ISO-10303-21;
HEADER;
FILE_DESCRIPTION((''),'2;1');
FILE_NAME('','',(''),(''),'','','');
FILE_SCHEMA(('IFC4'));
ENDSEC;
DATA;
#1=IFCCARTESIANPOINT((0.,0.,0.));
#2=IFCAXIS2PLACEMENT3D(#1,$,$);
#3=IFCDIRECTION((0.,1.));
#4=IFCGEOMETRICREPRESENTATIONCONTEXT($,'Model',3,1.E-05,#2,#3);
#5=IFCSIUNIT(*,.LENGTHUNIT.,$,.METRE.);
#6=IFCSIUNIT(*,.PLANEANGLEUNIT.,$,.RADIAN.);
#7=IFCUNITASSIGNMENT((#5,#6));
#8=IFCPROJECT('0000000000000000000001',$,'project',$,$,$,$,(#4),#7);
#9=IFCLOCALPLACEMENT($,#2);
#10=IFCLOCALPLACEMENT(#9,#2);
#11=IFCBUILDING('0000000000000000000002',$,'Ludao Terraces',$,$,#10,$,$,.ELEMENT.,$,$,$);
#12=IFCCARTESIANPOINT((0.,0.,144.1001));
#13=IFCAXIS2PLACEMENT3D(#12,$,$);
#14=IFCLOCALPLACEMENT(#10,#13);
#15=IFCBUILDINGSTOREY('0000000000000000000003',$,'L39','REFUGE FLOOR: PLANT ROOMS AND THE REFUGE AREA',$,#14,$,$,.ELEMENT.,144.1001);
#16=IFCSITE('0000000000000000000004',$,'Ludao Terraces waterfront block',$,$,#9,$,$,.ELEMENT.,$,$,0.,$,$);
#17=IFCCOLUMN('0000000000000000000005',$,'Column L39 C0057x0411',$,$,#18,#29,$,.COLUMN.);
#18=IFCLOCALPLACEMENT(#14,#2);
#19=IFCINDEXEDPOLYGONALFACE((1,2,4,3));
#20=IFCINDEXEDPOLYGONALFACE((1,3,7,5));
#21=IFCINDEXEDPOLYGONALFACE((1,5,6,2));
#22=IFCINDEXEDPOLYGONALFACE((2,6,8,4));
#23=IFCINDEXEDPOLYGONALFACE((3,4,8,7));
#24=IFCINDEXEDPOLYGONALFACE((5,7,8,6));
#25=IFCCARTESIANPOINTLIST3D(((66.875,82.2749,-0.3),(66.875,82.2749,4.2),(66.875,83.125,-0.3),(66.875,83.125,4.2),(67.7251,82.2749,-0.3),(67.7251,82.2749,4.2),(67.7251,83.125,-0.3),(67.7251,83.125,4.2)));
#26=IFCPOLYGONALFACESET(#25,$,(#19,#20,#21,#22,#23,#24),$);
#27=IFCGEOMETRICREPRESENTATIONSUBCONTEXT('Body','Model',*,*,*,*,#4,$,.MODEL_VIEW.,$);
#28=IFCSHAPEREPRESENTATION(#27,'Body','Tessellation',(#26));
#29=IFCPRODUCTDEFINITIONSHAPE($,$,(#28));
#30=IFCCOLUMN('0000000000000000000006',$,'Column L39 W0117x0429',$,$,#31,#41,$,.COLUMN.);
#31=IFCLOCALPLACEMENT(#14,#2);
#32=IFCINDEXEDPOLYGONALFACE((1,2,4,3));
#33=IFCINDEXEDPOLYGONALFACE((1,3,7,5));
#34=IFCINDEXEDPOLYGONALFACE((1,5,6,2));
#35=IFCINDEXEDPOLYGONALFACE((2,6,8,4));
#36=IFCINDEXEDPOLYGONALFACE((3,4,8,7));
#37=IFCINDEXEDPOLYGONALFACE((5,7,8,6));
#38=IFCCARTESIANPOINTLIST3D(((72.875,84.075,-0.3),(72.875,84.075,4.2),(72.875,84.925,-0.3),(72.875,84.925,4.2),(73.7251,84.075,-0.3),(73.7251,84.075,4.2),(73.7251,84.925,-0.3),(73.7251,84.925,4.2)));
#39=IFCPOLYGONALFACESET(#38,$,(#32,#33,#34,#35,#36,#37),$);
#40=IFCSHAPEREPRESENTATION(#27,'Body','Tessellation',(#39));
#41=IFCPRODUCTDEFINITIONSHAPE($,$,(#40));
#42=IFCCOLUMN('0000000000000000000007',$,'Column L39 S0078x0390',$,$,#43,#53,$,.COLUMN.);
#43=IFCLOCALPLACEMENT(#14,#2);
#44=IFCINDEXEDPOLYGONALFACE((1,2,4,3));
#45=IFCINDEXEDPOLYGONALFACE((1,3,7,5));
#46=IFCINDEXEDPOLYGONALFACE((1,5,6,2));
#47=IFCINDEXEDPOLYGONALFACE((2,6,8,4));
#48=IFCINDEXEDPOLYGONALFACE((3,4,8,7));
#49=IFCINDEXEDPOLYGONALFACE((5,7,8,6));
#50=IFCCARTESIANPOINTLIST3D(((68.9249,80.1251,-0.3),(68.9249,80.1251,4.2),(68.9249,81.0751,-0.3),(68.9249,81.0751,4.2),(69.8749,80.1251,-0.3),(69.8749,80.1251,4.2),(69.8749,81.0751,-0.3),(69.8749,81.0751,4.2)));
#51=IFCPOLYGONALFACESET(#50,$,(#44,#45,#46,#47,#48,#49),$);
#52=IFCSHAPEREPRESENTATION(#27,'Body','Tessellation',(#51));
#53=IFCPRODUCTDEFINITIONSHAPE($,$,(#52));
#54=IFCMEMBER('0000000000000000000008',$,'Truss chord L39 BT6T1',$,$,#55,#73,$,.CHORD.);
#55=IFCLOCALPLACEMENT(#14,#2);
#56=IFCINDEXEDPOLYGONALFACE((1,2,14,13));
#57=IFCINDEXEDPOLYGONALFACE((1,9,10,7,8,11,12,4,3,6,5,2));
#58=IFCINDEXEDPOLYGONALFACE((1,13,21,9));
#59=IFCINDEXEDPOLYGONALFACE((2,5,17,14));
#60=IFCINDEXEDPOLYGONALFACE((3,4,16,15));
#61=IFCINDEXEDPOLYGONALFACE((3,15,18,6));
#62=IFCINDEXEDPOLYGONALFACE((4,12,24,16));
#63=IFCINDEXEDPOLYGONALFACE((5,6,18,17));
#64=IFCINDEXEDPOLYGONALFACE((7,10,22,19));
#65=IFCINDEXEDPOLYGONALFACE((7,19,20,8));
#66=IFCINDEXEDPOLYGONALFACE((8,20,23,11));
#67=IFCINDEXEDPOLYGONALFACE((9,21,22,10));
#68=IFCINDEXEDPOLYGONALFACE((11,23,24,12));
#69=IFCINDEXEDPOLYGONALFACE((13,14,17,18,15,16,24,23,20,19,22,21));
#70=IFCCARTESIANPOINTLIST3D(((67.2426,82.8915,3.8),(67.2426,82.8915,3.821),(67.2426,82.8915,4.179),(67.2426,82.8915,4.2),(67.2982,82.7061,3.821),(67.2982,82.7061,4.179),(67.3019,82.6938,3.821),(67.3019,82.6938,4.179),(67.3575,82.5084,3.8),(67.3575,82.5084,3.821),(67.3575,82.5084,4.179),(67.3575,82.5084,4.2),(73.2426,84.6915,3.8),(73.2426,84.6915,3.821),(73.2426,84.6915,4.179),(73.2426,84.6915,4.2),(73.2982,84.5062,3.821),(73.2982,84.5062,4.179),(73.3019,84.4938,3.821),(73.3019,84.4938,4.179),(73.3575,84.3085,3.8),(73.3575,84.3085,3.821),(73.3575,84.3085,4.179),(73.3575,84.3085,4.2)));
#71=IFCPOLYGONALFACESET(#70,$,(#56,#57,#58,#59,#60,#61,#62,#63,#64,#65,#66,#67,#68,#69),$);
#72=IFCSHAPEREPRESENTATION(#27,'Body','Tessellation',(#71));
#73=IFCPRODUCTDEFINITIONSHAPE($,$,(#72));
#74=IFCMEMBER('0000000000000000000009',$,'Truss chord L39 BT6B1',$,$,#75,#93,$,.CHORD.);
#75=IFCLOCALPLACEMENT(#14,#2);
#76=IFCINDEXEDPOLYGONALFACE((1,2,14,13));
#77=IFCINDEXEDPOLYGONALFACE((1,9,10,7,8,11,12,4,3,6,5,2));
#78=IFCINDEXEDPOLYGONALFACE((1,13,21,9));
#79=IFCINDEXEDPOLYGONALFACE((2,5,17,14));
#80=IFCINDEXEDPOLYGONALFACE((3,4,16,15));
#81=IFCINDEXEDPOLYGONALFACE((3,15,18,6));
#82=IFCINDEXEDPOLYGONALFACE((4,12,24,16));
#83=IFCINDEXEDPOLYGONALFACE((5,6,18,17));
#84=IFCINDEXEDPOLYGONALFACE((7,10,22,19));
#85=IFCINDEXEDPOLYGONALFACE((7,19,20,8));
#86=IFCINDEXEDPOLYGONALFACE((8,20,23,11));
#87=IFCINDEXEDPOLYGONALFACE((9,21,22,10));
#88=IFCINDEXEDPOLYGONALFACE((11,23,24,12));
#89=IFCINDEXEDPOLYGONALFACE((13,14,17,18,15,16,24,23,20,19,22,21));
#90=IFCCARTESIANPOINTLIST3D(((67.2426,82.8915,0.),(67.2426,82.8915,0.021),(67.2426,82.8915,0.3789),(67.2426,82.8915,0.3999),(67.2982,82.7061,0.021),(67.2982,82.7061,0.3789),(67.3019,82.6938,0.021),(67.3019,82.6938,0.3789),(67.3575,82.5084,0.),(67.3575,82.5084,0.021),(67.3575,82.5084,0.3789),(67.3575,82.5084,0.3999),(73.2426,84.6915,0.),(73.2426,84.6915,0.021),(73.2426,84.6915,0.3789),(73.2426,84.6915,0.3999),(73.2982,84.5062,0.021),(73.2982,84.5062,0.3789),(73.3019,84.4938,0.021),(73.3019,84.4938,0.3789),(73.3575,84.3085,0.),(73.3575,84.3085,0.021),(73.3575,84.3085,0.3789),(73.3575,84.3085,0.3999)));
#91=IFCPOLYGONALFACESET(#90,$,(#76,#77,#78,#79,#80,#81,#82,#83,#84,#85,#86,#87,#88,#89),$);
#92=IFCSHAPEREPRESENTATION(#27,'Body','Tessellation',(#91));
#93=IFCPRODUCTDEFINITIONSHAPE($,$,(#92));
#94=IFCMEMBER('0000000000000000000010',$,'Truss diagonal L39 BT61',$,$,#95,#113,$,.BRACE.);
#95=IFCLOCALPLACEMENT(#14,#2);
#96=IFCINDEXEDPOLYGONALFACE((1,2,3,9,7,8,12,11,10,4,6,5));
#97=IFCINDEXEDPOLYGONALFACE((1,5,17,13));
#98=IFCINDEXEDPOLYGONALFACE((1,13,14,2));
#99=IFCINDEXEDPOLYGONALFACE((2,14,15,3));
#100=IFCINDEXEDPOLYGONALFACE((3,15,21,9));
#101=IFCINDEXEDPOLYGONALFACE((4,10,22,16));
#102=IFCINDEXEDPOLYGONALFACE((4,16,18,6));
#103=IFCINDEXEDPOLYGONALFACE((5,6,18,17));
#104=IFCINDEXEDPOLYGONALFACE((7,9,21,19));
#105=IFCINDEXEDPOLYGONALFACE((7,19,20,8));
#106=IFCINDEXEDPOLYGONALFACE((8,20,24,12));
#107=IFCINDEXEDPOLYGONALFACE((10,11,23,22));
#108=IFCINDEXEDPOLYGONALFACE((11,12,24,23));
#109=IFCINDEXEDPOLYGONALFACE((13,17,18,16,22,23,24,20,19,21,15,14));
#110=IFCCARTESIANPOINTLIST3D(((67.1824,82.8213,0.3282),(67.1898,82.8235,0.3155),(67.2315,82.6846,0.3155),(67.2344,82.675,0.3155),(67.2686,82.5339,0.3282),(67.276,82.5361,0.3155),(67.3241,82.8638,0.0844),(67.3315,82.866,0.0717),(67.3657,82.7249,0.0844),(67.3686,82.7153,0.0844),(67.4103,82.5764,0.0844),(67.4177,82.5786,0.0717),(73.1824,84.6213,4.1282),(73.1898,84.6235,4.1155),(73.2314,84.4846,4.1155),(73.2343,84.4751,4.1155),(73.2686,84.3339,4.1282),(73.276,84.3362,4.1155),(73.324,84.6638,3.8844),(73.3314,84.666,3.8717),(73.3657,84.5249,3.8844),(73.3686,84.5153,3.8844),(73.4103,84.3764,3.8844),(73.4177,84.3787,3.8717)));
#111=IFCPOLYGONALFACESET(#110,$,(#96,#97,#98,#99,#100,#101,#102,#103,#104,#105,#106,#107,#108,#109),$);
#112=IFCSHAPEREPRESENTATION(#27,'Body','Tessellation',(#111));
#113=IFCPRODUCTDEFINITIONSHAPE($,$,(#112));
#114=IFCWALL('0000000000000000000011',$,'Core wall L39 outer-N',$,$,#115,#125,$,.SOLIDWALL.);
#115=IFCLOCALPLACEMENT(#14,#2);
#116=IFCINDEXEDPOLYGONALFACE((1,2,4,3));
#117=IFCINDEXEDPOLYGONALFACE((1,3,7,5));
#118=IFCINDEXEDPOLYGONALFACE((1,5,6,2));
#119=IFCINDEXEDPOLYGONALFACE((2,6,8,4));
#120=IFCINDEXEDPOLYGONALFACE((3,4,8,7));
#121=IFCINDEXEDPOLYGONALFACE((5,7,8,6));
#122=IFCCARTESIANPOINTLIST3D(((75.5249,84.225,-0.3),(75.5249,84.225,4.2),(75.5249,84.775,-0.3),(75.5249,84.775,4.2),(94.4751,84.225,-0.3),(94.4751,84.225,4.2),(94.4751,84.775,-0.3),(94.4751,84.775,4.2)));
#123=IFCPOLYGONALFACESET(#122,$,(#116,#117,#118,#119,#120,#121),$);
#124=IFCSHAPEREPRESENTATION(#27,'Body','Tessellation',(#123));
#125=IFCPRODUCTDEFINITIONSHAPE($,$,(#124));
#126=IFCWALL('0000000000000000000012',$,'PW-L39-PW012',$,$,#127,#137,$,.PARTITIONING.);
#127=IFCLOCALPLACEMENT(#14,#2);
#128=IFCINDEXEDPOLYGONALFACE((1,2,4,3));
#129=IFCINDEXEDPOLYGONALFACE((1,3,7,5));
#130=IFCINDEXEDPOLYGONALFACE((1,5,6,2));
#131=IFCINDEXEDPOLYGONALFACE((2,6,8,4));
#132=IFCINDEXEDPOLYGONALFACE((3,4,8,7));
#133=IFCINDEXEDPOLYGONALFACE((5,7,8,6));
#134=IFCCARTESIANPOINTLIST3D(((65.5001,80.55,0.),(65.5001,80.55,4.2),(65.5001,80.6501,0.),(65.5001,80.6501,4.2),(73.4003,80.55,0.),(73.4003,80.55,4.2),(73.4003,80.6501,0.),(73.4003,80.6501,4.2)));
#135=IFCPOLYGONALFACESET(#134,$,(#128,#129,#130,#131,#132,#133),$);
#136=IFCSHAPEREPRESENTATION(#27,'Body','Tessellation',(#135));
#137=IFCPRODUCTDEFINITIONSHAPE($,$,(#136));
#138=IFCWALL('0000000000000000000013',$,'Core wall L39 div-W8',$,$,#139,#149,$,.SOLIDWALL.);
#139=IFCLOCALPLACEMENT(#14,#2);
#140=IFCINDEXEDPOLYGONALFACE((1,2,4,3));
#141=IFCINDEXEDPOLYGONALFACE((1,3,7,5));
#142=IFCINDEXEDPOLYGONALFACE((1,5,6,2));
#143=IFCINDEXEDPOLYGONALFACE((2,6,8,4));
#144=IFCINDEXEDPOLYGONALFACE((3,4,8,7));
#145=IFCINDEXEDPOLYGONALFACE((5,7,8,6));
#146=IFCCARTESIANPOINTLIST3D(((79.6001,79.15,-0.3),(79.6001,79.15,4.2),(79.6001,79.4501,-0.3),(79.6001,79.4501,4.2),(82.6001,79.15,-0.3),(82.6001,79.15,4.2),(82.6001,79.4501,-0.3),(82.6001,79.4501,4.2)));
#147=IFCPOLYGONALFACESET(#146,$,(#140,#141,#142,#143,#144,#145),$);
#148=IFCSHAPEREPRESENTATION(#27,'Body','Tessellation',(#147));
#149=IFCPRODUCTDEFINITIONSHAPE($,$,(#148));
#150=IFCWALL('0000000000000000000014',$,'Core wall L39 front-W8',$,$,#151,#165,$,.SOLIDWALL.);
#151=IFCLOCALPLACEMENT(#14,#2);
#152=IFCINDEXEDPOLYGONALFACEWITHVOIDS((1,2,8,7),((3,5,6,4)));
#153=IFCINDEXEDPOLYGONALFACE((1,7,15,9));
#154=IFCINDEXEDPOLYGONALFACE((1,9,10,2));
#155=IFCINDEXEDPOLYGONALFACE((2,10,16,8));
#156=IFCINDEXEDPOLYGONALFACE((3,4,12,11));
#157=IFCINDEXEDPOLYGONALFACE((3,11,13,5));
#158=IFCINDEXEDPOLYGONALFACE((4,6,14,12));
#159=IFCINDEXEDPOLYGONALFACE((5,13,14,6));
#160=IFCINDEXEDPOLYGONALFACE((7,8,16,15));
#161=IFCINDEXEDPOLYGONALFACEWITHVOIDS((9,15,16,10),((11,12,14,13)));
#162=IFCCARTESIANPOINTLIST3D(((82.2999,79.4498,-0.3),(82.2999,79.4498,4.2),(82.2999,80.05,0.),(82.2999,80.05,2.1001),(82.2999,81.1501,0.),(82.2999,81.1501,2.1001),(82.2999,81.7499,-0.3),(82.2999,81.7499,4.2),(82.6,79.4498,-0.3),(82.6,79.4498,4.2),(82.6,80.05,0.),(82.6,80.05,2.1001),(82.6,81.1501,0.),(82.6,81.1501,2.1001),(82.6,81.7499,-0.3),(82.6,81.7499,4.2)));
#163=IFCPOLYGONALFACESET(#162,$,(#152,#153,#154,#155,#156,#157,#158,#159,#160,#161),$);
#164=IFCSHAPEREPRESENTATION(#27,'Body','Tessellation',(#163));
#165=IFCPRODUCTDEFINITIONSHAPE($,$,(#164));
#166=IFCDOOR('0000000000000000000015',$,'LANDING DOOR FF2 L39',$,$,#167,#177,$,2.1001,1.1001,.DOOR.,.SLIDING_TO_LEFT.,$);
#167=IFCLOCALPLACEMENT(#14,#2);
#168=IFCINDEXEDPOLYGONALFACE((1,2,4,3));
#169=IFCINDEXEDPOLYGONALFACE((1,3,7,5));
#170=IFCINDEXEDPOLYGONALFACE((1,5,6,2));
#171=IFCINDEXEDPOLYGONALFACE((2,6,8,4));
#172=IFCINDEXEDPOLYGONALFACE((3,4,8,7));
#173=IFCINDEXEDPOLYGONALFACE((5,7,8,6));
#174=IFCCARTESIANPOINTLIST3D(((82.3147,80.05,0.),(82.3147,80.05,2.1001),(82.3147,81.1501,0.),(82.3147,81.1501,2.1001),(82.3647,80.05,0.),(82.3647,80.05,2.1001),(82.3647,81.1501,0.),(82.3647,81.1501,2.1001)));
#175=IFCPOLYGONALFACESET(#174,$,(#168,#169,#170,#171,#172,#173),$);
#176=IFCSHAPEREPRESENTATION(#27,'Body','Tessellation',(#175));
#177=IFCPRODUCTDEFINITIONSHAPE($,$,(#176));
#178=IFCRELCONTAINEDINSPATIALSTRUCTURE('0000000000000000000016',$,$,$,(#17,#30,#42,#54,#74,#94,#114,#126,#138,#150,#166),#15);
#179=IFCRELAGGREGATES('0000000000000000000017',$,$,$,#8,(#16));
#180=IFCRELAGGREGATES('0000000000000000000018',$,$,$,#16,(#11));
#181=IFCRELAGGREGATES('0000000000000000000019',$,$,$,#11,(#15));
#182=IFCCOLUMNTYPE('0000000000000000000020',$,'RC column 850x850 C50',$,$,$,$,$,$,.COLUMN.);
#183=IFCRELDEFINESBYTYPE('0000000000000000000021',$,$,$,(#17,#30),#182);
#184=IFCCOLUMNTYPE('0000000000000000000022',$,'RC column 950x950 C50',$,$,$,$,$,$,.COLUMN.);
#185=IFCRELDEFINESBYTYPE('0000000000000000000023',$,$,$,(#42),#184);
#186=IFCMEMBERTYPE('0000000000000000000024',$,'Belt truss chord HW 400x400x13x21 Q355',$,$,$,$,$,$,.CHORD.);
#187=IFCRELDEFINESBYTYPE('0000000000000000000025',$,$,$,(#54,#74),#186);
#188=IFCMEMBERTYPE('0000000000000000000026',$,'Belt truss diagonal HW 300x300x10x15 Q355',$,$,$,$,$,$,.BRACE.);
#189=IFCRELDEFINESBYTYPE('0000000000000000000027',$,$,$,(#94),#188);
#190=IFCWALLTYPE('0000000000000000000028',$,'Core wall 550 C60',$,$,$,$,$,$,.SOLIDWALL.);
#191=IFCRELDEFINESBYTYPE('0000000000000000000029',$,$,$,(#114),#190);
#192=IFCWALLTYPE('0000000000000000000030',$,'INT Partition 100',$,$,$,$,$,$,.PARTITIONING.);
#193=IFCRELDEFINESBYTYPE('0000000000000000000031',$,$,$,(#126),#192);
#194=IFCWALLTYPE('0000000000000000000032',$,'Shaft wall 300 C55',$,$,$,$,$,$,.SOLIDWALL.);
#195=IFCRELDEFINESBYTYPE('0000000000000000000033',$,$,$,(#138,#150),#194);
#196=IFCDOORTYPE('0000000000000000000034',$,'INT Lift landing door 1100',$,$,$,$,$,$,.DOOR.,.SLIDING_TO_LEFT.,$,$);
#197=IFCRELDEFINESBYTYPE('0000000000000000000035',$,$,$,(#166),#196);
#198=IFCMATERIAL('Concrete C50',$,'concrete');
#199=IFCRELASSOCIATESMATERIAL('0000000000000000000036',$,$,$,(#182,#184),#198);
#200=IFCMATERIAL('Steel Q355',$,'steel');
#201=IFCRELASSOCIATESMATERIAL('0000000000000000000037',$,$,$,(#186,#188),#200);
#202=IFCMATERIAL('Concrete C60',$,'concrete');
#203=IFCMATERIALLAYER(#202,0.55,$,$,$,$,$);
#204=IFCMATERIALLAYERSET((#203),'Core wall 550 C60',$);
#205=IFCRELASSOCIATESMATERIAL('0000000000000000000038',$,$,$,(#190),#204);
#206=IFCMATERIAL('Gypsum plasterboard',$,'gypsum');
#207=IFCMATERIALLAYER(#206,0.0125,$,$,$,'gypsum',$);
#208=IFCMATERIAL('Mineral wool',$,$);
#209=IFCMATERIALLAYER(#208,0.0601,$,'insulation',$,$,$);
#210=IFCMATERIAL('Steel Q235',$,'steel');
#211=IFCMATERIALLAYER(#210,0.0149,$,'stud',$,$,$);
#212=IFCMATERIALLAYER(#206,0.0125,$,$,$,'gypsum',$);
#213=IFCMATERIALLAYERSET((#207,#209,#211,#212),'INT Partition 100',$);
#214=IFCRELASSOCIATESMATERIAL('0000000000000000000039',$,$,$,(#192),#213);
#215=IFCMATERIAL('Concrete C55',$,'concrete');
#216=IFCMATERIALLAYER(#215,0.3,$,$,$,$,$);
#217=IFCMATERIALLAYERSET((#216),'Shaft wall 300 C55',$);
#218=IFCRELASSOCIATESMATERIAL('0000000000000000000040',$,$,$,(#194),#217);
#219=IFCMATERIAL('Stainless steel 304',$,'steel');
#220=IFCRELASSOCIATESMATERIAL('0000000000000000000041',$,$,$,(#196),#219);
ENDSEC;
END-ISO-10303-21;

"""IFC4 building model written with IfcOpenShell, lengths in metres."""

from ifc_helpers import new_model, si_unit, direction, frame, frame_2d, origin, origin_2d, place, context, subcontext, project, spatial, rectangle, i_section, extrude, material, layer, layer_set, material_profile, profile_set, type_object, element, fill, save


model = new_model("IFC4")

# Units and contexts
model_context = context("Model", 3, precision=1e-05, world=origin(), true_north=direction((0.0, 1.0)))
body_context = subcontext(model_context, "Body", "Model", "MODEL_VIEW")
ifc_project = project(units=[si_unit("LENGTHUNIT", "METRE"), si_unit("PLANEANGLEUNIT", "RADIAN")], contexts=[model_context])

# Site, building, storey
site_placement = place(None, origin())
site = spatial("IfcSite", under=ifc_project, at=site_placement, Name="Ludao Terraces waterfront block", CompositionType="ELEMENT", RefElevation=0.0)
building_placement = place(site_placement, origin())
building = spatial("IfcBuilding", under=site, at=building_placement, Name="Ludao Terraces", CompositionType="ELEMENT")
storey_placement = place(building_placement, frame((0.0, 0.0, 144.1001)))
storey = spatial("IfcBuildingStorey", under=building, at=storey_placement, Name="L39", Description="REFUGE FLOOR: PLANT ROOMS AND THE REFUGE AREA", CompositionType="ELEMENT", Elevation=144.1001)

# Columns
ifc_material_1 = material(Name="Concrete C50", Category="concrete")
ifc_material_profile_1 = material_profile(ifc_material_1, rectangle(XDim=0.8501, YDim=0.8501, at=origin_2d()), Name="850 X 850")
ifc_profile_set_1 = profile_set([ifc_material_profile_1], Name="Concrete C50")
column_type_1 = type_object("IfcColumnType", Name="RC column 850x850 C50", PredefinedType="COLUMN", material=ifc_profile_set_1)
for number, where, z_axis, x_axis, name in (
    (1, (67.3, 82.7, -0.3), (0.0, 0.0, 1.0), (1.0, 0.0, 0.0), "Column L39 C0057x0411"),
    (2, (73.3, 84.5, -0.3), (0.0, 0.0, 1.0), (1.0, 0.0, 0.0), "Column L39 W0117x0429"),
):
    element("IfcColumn", number, at=place(storey_placement, frame(where, z_axis=z_axis, x_axis=x_axis)), inside=storey, type_object=column_type_1, Name=name, PredefinedType="COLUMN", context=body_context, shape_type="SweptSolid", body=[
        extrude(rectangle(XDim=0.8501, YDim=0.8501, at=origin_2d()), origin(), (0.0, 0.0, 1.0), 4.5),
    ])
ifc_material_profile_2 = material_profile(ifc_material_1, rectangle(XDim=0.95, YDim=0.95, at=origin_2d()), Name="950 X 950")
ifc_profile_set_2 = profile_set([ifc_material_profile_2], Name="Concrete C50")
column_type_2 = type_object("IfcColumnType", Name="RC column 950x950 C50", PredefinedType="COLUMN", material=ifc_profile_set_2)
column_placement = place(storey_placement, frame((69.3999, 80.6001, -0.3), z_axis=(0.0, 0.0, 1.0), x_axis=(1.0, 0.0, 0.0)))
element("IfcColumn", 3, at=column_placement, inside=storey, type_object=column_type_2, Name="Column L39 S0078x0390", PredefinedType="COLUMN", context=body_context, shape_type="SweptSolid", body=[
    extrude(rectangle(XDim=0.95, YDim=0.95, at=origin_2d()), origin(), (0.0, 0.0, 1.0), 4.5),
])

# Members
ifc_material_2 = material(Name="Steel Q355", Category="steel")
ifc_material_profile_3 = material_profile(ifc_material_2, i_section(OverallWidth=0.3999, OverallDepth=0.3999, WebThickness=0.0129, FlangeThickness=0.021, at=origin_2d()), Name="HW 400X400X13X21")
ifc_profile_set_3 = profile_set([ifc_material_profile_3], Name="Steel Q355")
member_type_1 = type_object("IfcMemberType", Name="Belt truss chord HW 400x400x13x21 Q355", PredefinedType="CHORD", material=ifc_profile_set_3)
for number, where, z_axis, x_axis, name in (
    (4, (67.3, 82.7, 4.0), (0.957824, 0.287355, 0.0), (-0.287355, 0.957824, 0.0), "Truss chord L39 BT6T1"),
    (5, (67.3, 82.7, 0.2), (0.957824, 0.287355, 0.0), (-0.287355, 0.957824, 0.0), "Truss chord L39 BT6B1"),
):
    element("IfcMember", number, at=place(storey_placement, frame(where, z_axis=z_axis, x_axis=x_axis)), inside=storey, type_object=member_type_1, Name=name, PredefinedType="CHORD", context=body_context, shape_type="SweptSolid", body=[
        extrude(i_section(OverallWidth=0.3999, OverallDepth=0.3999, WebThickness=0.0129, FlangeThickness=0.021, at=origin_2d()), origin(), (0.0, 0.0, 1.0), 6.2642),
    ])
ifc_material_profile_4 = material_profile(ifc_material_2, i_section(OverallWidth=0.3, OverallDepth=0.3, WebThickness=0.01, FlangeThickness=0.0149, at=origin_2d()), Name="HW 300X300X10X15")
ifc_profile_set_4 = profile_set([ifc_material_profile_4], Name="Steel Q355")
member_type_2 = type_object("IfcMemberType", Name="Belt truss diagonal HW 300x300x10x15 Q355", PredefinedType="BRACE", material=ifc_profile_set_4)
member_placement = place(storey_placement, frame((67.3, 82.7, 0.2), z_axis=(0.818922, 0.245683, 0.518658), x_axis=(-0.287355, 0.957824, 0.0)))
element("IfcMember", 6, at=member_placement, inside=storey, type_object=member_type_2, Name="Truss diagonal L39 BT61", PredefinedType="BRACE", context=body_context, shape_type="SweptSolid", body=[
    extrude(i_section(OverallWidth=0.3, OverallDepth=0.3, WebThickness=0.01, FlangeThickness=0.0149, at=origin_2d()), origin(), (0.0, 0.0, 1.0), 7.3267),
])

# Walls
ifc_material_3 = material(Name="Concrete C60", Category="concrete")
ifc_layer_1 = layer(ifc_material_3, 0.55)
ifc_layer_set_1 = layer_set([ifc_layer_1], Name="Core wall 550 C60")
wall_type_1 = type_object("IfcWallType", Name="Core wall 550 C60", PredefinedType="SOLIDWALL", material=ifc_layer_set_1)
wall_1_placement = place(storey_placement, frame((75.5249, 84.5, -0.3), z_axis=(0.0, 0.0, 1.0), x_axis=(1.0, 0.0, 0.0)))
element("IfcWall", 7, at=wall_1_placement, inside=storey, type_object=wall_type_1, Name="Core wall L39 outer-N", PredefinedType="SOLIDWALL", context=body_context, shape_type="SweptSolid", body=[
    extrude(rectangle(XDim=18.9502, YDim=0.55, at=frame_2d((9.4751, 0.0))), origin(), (0.0, 0.0, 1.0), 4.5),
])
ifc_material_4 = material(Name="Gypsum plasterboard", Category="gypsum")
ifc_layer_2 = layer(ifc_material_4, 0.0125, Category="gypsum")
ifc_material_5 = material(Name="Mineral wool")
ifc_layer_3 = layer(ifc_material_5, 0.0601, Name="insulation")
ifc_material_6 = material(Name="Steel Q235", Category="steel")
ifc_layer_4 = layer(ifc_material_6, 0.0149, Name="stud")
ifc_layer_5 = layer(ifc_material_4, 0.0125, Category="gypsum")
ifc_layer_set_2 = layer_set([ifc_layer_2, ifc_layer_3, ifc_layer_4, ifc_layer_5], Name="INT Partition 100")
wall_type_2 = type_object("IfcWallType", Name="INT Partition 100", PredefinedType="PARTITIONING", material=ifc_layer_set_2)
wall_2_placement = place(storey_placement, frame((65.5, 80.6001, 0.0), z_axis=(0.0, 0.0, 1.0), x_axis=(1.0, 0.0, 0.0)))
element("IfcWall", 8, at=wall_2_placement, inside=storey, type_object=wall_type_2, Name="PW-L39-PW012", PredefinedType="PARTITIONING", context=body_context, shape_type="SweptSolid", body=[
    extrude(rectangle(XDim=7.9001, YDim=0.1001, at=frame_2d((3.9502, 0.0))), origin(), (0.0, 0.0, 1.0), 4.2),
])
ifc_material_7 = material(Name="Concrete C55", Category="concrete")
ifc_layer_6 = layer(ifc_material_7, 0.3)
ifc_layer_set_3 = layer_set([ifc_layer_6], Name="Shaft wall 300 C55")
wall_type_3 = type_object("IfcWallType", Name="Shaft wall 300 C55", PredefinedType="SOLIDWALL", material=ifc_layer_set_3)
wall_3_placement = place(storey_placement, frame((79.6001, 79.3, -0.3), z_axis=(0.0, 0.0, 1.0), x_axis=(1.0, 0.0, 0.0)))
element("IfcWall", 9, at=wall_3_placement, inside=storey, type_object=wall_type_3, Name="Core wall L39 div-W8", PredefinedType="SOLIDWALL", context=body_context, shape_type="SweptSolid", body=[
    extrude(rectangle(XDim=3.0, YDim=0.3, at=frame_2d((1.5, 0.0))), origin(), (0.0, 0.0, 1.0), 4.5),
])

# Wall, opening, door
wall_4_placement = place(storey_placement, frame((82.45, 79.45, -0.3), z_axis=(0.0, 0.0, 1.0), x_axis=(0.0, 1.0, 0.0)))
wall_4 = element("IfcWall", 10, at=wall_4_placement, inside=storey, type_object=wall_type_3, Name="Core wall L39 front-W8", PredefinedType="SOLIDWALL", context=body_context, shape_type="SweptSolid", body=[
    extrude(rectangle(XDim=2.3, YDim=0.3, at=frame_2d((1.1499, 0.0))), origin(), (0.0, 0.0, 1.0), 4.5),
])
opening_1_placement = place(wall_4_placement, frame((0.6001, 0.0, 0.3)))
opening_1 = element("IfcOpeningElement", 11, at=opening_1_placement, cuts=wall_4, PredefinedType="OPENING", context=body_context, shape_type="SweptSolid", body=[
    extrude(rectangle(XDim=1.1001, YDim=2.1001, at=frame_2d((0.55, 1.05))), frame((0.0, 0.1602, 0.0), z_axis=(0.0, -1.0, 0.0), x_axis=(1.0, 0.0, 0.0)), (0.0, 0.0, 1.0), 0.3201),
])
ifc_material_8 = material(Name="Stainless steel 304", Category="steel")
door_type = type_object("IfcDoorType", Name="INT Lift landing door 1100", OperationType="SLIDING_TO_LEFT", PredefinedType="DOOR", material=ifc_material_8)
door_1_placement = place(opening_1_placement, origin())
door_1 = element("IfcDoor", 12, at=door_1_placement, inside=storey, type_object=door_type, Name="LANDING DOOR FF2 L39", OperationType="SLIDING_TO_LEFT", OverallHeight=2.1001, OverallWidth=1.1001, PredefinedType="DOOR", context=body_context, shape_type="SweptSolid", body=[
    extrude(rectangle(XDim=1.1001, YDim=2.1001, at=frame_2d((0.55, 1.05))), frame((0.0, 0.1353, 0.0), z_axis=(0.0, -1.0, 0.0), x_axis=(1.0, 0.0, 0.0)), (0.0, 0.0, 1.0), 0.05),
])
fill(opening_1, door_1)

save(model, "model.ifc")
